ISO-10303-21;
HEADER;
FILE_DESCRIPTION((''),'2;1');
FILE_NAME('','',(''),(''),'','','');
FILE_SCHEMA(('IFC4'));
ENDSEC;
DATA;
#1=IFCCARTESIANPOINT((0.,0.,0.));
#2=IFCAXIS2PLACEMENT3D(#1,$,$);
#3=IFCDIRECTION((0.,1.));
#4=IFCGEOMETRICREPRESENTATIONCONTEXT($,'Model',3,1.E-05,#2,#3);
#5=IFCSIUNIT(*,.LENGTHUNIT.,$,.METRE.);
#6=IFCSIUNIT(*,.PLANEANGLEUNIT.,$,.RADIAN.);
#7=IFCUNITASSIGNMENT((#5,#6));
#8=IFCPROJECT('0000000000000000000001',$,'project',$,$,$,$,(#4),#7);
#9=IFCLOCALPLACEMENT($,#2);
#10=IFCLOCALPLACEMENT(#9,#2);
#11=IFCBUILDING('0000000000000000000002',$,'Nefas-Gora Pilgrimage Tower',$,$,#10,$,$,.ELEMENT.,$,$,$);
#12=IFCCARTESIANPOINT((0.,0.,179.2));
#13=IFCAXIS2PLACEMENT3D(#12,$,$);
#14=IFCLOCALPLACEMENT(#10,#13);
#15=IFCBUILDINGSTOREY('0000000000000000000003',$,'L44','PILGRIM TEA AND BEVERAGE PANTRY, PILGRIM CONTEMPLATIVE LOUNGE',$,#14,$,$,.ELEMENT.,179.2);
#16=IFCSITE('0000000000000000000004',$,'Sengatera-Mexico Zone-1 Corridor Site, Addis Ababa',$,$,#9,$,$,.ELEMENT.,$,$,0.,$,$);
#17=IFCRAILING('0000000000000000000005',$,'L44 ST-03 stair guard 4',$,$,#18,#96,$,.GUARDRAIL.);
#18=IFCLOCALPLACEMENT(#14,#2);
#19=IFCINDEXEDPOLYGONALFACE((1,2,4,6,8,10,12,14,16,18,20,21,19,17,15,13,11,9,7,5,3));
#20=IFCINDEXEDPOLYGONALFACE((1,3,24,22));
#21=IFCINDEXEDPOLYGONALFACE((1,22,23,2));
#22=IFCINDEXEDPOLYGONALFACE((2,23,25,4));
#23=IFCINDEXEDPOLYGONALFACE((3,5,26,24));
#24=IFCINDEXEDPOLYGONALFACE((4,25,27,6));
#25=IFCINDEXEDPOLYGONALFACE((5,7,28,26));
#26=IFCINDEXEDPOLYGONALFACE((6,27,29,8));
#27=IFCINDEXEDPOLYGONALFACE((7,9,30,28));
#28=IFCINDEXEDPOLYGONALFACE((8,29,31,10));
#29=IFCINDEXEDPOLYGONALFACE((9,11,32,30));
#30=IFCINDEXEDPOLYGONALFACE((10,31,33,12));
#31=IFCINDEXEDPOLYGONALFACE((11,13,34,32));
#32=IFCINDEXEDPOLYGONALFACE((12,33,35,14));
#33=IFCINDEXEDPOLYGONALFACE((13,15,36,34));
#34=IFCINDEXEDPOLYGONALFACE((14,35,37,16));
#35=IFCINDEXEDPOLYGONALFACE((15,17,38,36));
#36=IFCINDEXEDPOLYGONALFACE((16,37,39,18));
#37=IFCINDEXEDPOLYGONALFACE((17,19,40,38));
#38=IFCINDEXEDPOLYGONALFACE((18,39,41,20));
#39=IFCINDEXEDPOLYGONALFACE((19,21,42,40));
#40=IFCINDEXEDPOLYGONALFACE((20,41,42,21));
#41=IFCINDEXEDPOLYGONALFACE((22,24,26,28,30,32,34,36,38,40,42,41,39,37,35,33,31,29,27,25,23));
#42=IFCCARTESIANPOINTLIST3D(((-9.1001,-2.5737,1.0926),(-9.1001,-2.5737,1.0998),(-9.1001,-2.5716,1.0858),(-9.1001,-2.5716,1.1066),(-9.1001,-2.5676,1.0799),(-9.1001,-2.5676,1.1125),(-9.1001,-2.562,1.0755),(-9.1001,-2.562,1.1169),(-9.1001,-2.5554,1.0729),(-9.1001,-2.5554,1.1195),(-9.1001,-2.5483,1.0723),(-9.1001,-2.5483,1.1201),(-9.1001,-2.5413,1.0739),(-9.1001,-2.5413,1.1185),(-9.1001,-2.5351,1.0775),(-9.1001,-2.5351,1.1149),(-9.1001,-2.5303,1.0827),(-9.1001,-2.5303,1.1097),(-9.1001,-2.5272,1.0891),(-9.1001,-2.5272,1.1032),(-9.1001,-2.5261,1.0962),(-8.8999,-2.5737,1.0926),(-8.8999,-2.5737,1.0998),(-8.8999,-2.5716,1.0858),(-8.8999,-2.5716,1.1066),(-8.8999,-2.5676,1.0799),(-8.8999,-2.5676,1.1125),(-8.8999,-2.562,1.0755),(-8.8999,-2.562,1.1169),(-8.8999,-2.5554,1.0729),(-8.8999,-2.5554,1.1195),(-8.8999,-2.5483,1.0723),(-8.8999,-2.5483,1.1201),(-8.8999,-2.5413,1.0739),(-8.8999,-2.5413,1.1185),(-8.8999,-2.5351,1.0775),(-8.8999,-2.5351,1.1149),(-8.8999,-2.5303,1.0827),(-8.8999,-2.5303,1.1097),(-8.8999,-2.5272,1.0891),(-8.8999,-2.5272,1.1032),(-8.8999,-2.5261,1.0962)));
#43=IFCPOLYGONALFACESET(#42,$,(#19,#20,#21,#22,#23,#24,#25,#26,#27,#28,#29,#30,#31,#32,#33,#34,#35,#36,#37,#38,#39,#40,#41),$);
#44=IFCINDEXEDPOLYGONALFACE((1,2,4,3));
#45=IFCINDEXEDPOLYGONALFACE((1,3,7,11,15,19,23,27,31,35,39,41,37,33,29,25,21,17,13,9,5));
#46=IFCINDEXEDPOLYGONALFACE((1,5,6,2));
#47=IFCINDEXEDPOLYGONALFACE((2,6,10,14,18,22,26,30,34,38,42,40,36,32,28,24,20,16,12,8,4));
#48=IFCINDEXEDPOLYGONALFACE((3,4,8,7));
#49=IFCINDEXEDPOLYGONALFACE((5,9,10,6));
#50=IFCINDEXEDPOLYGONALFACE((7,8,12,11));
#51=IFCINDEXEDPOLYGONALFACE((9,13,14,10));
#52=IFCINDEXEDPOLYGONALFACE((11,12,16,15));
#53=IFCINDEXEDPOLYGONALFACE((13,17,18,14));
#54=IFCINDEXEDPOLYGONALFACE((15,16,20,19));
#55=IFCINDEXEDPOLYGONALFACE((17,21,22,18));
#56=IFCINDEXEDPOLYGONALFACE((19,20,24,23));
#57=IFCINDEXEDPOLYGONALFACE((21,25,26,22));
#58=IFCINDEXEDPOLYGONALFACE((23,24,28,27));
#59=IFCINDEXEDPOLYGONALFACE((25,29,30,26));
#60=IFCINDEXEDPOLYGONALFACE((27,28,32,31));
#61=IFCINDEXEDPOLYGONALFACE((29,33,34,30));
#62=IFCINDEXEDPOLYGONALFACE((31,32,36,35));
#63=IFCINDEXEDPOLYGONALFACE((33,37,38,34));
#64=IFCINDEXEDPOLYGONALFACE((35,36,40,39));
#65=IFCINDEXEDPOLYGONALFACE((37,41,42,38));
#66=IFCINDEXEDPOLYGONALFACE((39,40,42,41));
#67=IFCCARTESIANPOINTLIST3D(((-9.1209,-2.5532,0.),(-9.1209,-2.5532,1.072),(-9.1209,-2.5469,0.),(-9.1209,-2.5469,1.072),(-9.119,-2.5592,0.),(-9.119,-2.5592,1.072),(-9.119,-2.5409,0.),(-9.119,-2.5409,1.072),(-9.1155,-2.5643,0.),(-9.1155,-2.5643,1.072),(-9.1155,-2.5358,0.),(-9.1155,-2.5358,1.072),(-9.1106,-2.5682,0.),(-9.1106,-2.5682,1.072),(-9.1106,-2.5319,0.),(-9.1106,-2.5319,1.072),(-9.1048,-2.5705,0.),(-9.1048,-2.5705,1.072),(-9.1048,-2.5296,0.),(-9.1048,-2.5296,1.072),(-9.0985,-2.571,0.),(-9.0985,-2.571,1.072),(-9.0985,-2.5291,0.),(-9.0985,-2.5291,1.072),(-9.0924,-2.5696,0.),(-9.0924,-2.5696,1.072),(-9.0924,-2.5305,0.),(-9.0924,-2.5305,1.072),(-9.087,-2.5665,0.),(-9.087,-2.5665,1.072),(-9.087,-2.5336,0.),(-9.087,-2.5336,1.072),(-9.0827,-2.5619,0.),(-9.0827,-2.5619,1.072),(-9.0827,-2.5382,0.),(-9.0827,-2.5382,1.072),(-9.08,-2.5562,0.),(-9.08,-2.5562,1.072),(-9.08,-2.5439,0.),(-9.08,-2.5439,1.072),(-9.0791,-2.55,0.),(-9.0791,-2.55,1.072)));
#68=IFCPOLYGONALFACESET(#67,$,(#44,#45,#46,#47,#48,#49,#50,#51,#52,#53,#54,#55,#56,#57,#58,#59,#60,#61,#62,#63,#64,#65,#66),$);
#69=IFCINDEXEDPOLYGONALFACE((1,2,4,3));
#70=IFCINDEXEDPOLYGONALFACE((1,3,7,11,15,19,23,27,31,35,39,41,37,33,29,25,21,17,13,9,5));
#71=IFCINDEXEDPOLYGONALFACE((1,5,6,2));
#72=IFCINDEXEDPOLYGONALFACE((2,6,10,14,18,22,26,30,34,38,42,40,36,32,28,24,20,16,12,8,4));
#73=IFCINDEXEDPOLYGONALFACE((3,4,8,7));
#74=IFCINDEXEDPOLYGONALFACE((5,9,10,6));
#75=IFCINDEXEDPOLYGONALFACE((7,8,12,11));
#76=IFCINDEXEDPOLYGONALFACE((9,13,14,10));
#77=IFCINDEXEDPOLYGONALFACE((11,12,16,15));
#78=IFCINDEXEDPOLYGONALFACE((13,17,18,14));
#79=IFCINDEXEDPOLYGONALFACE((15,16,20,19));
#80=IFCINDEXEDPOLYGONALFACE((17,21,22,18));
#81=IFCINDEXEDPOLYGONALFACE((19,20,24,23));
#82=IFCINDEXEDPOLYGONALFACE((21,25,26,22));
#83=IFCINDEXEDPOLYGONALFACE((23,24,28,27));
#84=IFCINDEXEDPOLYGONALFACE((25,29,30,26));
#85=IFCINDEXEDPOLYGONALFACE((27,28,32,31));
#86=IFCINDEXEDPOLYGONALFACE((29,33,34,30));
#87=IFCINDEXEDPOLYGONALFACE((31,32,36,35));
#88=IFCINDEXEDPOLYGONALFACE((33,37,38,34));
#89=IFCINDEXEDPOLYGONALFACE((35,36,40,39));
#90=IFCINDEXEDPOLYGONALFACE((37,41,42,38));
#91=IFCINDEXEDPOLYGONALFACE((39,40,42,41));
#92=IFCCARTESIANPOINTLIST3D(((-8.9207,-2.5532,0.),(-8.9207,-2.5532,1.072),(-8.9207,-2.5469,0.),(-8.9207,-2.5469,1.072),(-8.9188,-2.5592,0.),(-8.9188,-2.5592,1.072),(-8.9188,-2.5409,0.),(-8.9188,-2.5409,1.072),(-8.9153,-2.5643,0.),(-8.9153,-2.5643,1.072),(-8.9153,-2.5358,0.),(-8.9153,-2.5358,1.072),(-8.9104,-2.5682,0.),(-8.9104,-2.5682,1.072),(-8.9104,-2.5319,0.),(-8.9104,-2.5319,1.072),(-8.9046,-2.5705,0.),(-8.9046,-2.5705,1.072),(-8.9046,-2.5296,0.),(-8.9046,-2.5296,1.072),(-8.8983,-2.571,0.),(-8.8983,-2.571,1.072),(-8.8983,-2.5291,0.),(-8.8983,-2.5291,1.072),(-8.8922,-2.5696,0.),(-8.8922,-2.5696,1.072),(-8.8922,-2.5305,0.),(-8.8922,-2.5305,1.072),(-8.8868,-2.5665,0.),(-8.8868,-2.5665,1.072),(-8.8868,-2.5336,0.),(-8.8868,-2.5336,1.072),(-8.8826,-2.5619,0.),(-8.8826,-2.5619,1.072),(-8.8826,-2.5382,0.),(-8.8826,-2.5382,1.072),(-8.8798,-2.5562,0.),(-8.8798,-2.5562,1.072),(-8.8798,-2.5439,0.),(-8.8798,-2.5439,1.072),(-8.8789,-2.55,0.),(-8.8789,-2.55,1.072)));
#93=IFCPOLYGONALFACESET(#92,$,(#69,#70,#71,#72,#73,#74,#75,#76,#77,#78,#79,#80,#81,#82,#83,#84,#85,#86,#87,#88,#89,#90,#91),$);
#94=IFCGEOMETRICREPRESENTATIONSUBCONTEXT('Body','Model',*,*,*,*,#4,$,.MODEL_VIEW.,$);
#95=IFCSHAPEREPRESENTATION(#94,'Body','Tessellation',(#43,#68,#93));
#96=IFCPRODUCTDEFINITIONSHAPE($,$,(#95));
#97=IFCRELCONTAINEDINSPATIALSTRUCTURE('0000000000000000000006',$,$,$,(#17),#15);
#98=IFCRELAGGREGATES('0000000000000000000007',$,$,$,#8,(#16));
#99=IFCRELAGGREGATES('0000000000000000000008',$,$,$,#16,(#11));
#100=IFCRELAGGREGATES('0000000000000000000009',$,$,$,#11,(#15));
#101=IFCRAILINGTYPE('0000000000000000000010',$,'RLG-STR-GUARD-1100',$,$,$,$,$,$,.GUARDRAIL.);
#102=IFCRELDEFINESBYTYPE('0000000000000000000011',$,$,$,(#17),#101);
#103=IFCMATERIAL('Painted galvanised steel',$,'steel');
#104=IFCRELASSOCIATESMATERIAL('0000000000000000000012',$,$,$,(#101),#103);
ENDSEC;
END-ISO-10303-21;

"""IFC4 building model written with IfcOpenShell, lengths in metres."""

from ifc_helpers import new_model, si_unit, direction, frame, origin, origin_2d, place, context, subcontext, project, spatial, circle, extrude, material, type_object, element, save


model = new_model("IFC4")

# Units and contexts
model_context = context("Model", 3, precision=1e-05, world=origin(), true_north=direction((0.0, 1.0)))
body_context = subcontext(model_context, "Body", "Model", "MODEL_VIEW")
ifc_project = project(units=[si_unit("LENGTHUNIT", "METRE"), si_unit("PLANEANGLEUNIT", "RADIAN")], contexts=[model_context])

# Site, building, storey
site_placement = place(None, origin())
site = spatial("IfcSite", under=ifc_project, at=site_placement, Name="Sengatera-Mexico Zone-1 Corridor Site, Addis Ababa", CompositionType="ELEMENT", RefElevation=0.0)
building_placement = place(site_placement, origin())
building = spatial("IfcBuilding", under=site, at=building_placement, Name="Nefas-Gora Pilgrimage Tower", CompositionType="ELEMENT")
storey_placement = place(building_placement, frame((0.0, 0.0, 179.2)))
storey = spatial("IfcBuildingStorey", under=building, at=storey_placement, Name="L44", Description="PILGRIM TEA AND BEVERAGE PANTRY, PILGRIM CONTEMPLATIVE LOUNGE", CompositionType="ELEMENT", Elevation=179.2)

# Railing
ifc_material_1 = material(Name="Painted galvanised steel", Category="steel")
railing_type_1 = type_object("IfcRailingType", Name="RLG-STR-GUARD-1100", PredefinedType="GUARDRAIL", material=ifc_material_1)
railing_1_placement = place(storey_placement, frame((-9.1001, -2.55, 0.0)))
element("IfcRailing", 1, at=railing_1_placement, inside=storey, type_object=railing_type_1, Name="L44 ST-03 stair guard 4", PredefinedType="GUARDRAIL", context=body_context, shape_type="SweptSolid", body=[
    extrude(circle(Radius=0.0239, at=origin_2d()), frame((0.0, 0.0, 1.0962), z_axis=(1.0, 0.0, 0.0), x_axis=(0.0, 1.0, 0.0)), (0.0, 0.0, 1.0), 0.2002),
    extrude(circle(Radius=0.021, at=origin_2d()), origin(), (0.0, 0.0, 1.0), 1.072),
    extrude(circle(Radius=0.021, at=origin_2d()), frame((0.2002, 0.0, 0.0)), (0.0, 0.0, 1.0), 1.072),
])

save(model, "model.ifc")
